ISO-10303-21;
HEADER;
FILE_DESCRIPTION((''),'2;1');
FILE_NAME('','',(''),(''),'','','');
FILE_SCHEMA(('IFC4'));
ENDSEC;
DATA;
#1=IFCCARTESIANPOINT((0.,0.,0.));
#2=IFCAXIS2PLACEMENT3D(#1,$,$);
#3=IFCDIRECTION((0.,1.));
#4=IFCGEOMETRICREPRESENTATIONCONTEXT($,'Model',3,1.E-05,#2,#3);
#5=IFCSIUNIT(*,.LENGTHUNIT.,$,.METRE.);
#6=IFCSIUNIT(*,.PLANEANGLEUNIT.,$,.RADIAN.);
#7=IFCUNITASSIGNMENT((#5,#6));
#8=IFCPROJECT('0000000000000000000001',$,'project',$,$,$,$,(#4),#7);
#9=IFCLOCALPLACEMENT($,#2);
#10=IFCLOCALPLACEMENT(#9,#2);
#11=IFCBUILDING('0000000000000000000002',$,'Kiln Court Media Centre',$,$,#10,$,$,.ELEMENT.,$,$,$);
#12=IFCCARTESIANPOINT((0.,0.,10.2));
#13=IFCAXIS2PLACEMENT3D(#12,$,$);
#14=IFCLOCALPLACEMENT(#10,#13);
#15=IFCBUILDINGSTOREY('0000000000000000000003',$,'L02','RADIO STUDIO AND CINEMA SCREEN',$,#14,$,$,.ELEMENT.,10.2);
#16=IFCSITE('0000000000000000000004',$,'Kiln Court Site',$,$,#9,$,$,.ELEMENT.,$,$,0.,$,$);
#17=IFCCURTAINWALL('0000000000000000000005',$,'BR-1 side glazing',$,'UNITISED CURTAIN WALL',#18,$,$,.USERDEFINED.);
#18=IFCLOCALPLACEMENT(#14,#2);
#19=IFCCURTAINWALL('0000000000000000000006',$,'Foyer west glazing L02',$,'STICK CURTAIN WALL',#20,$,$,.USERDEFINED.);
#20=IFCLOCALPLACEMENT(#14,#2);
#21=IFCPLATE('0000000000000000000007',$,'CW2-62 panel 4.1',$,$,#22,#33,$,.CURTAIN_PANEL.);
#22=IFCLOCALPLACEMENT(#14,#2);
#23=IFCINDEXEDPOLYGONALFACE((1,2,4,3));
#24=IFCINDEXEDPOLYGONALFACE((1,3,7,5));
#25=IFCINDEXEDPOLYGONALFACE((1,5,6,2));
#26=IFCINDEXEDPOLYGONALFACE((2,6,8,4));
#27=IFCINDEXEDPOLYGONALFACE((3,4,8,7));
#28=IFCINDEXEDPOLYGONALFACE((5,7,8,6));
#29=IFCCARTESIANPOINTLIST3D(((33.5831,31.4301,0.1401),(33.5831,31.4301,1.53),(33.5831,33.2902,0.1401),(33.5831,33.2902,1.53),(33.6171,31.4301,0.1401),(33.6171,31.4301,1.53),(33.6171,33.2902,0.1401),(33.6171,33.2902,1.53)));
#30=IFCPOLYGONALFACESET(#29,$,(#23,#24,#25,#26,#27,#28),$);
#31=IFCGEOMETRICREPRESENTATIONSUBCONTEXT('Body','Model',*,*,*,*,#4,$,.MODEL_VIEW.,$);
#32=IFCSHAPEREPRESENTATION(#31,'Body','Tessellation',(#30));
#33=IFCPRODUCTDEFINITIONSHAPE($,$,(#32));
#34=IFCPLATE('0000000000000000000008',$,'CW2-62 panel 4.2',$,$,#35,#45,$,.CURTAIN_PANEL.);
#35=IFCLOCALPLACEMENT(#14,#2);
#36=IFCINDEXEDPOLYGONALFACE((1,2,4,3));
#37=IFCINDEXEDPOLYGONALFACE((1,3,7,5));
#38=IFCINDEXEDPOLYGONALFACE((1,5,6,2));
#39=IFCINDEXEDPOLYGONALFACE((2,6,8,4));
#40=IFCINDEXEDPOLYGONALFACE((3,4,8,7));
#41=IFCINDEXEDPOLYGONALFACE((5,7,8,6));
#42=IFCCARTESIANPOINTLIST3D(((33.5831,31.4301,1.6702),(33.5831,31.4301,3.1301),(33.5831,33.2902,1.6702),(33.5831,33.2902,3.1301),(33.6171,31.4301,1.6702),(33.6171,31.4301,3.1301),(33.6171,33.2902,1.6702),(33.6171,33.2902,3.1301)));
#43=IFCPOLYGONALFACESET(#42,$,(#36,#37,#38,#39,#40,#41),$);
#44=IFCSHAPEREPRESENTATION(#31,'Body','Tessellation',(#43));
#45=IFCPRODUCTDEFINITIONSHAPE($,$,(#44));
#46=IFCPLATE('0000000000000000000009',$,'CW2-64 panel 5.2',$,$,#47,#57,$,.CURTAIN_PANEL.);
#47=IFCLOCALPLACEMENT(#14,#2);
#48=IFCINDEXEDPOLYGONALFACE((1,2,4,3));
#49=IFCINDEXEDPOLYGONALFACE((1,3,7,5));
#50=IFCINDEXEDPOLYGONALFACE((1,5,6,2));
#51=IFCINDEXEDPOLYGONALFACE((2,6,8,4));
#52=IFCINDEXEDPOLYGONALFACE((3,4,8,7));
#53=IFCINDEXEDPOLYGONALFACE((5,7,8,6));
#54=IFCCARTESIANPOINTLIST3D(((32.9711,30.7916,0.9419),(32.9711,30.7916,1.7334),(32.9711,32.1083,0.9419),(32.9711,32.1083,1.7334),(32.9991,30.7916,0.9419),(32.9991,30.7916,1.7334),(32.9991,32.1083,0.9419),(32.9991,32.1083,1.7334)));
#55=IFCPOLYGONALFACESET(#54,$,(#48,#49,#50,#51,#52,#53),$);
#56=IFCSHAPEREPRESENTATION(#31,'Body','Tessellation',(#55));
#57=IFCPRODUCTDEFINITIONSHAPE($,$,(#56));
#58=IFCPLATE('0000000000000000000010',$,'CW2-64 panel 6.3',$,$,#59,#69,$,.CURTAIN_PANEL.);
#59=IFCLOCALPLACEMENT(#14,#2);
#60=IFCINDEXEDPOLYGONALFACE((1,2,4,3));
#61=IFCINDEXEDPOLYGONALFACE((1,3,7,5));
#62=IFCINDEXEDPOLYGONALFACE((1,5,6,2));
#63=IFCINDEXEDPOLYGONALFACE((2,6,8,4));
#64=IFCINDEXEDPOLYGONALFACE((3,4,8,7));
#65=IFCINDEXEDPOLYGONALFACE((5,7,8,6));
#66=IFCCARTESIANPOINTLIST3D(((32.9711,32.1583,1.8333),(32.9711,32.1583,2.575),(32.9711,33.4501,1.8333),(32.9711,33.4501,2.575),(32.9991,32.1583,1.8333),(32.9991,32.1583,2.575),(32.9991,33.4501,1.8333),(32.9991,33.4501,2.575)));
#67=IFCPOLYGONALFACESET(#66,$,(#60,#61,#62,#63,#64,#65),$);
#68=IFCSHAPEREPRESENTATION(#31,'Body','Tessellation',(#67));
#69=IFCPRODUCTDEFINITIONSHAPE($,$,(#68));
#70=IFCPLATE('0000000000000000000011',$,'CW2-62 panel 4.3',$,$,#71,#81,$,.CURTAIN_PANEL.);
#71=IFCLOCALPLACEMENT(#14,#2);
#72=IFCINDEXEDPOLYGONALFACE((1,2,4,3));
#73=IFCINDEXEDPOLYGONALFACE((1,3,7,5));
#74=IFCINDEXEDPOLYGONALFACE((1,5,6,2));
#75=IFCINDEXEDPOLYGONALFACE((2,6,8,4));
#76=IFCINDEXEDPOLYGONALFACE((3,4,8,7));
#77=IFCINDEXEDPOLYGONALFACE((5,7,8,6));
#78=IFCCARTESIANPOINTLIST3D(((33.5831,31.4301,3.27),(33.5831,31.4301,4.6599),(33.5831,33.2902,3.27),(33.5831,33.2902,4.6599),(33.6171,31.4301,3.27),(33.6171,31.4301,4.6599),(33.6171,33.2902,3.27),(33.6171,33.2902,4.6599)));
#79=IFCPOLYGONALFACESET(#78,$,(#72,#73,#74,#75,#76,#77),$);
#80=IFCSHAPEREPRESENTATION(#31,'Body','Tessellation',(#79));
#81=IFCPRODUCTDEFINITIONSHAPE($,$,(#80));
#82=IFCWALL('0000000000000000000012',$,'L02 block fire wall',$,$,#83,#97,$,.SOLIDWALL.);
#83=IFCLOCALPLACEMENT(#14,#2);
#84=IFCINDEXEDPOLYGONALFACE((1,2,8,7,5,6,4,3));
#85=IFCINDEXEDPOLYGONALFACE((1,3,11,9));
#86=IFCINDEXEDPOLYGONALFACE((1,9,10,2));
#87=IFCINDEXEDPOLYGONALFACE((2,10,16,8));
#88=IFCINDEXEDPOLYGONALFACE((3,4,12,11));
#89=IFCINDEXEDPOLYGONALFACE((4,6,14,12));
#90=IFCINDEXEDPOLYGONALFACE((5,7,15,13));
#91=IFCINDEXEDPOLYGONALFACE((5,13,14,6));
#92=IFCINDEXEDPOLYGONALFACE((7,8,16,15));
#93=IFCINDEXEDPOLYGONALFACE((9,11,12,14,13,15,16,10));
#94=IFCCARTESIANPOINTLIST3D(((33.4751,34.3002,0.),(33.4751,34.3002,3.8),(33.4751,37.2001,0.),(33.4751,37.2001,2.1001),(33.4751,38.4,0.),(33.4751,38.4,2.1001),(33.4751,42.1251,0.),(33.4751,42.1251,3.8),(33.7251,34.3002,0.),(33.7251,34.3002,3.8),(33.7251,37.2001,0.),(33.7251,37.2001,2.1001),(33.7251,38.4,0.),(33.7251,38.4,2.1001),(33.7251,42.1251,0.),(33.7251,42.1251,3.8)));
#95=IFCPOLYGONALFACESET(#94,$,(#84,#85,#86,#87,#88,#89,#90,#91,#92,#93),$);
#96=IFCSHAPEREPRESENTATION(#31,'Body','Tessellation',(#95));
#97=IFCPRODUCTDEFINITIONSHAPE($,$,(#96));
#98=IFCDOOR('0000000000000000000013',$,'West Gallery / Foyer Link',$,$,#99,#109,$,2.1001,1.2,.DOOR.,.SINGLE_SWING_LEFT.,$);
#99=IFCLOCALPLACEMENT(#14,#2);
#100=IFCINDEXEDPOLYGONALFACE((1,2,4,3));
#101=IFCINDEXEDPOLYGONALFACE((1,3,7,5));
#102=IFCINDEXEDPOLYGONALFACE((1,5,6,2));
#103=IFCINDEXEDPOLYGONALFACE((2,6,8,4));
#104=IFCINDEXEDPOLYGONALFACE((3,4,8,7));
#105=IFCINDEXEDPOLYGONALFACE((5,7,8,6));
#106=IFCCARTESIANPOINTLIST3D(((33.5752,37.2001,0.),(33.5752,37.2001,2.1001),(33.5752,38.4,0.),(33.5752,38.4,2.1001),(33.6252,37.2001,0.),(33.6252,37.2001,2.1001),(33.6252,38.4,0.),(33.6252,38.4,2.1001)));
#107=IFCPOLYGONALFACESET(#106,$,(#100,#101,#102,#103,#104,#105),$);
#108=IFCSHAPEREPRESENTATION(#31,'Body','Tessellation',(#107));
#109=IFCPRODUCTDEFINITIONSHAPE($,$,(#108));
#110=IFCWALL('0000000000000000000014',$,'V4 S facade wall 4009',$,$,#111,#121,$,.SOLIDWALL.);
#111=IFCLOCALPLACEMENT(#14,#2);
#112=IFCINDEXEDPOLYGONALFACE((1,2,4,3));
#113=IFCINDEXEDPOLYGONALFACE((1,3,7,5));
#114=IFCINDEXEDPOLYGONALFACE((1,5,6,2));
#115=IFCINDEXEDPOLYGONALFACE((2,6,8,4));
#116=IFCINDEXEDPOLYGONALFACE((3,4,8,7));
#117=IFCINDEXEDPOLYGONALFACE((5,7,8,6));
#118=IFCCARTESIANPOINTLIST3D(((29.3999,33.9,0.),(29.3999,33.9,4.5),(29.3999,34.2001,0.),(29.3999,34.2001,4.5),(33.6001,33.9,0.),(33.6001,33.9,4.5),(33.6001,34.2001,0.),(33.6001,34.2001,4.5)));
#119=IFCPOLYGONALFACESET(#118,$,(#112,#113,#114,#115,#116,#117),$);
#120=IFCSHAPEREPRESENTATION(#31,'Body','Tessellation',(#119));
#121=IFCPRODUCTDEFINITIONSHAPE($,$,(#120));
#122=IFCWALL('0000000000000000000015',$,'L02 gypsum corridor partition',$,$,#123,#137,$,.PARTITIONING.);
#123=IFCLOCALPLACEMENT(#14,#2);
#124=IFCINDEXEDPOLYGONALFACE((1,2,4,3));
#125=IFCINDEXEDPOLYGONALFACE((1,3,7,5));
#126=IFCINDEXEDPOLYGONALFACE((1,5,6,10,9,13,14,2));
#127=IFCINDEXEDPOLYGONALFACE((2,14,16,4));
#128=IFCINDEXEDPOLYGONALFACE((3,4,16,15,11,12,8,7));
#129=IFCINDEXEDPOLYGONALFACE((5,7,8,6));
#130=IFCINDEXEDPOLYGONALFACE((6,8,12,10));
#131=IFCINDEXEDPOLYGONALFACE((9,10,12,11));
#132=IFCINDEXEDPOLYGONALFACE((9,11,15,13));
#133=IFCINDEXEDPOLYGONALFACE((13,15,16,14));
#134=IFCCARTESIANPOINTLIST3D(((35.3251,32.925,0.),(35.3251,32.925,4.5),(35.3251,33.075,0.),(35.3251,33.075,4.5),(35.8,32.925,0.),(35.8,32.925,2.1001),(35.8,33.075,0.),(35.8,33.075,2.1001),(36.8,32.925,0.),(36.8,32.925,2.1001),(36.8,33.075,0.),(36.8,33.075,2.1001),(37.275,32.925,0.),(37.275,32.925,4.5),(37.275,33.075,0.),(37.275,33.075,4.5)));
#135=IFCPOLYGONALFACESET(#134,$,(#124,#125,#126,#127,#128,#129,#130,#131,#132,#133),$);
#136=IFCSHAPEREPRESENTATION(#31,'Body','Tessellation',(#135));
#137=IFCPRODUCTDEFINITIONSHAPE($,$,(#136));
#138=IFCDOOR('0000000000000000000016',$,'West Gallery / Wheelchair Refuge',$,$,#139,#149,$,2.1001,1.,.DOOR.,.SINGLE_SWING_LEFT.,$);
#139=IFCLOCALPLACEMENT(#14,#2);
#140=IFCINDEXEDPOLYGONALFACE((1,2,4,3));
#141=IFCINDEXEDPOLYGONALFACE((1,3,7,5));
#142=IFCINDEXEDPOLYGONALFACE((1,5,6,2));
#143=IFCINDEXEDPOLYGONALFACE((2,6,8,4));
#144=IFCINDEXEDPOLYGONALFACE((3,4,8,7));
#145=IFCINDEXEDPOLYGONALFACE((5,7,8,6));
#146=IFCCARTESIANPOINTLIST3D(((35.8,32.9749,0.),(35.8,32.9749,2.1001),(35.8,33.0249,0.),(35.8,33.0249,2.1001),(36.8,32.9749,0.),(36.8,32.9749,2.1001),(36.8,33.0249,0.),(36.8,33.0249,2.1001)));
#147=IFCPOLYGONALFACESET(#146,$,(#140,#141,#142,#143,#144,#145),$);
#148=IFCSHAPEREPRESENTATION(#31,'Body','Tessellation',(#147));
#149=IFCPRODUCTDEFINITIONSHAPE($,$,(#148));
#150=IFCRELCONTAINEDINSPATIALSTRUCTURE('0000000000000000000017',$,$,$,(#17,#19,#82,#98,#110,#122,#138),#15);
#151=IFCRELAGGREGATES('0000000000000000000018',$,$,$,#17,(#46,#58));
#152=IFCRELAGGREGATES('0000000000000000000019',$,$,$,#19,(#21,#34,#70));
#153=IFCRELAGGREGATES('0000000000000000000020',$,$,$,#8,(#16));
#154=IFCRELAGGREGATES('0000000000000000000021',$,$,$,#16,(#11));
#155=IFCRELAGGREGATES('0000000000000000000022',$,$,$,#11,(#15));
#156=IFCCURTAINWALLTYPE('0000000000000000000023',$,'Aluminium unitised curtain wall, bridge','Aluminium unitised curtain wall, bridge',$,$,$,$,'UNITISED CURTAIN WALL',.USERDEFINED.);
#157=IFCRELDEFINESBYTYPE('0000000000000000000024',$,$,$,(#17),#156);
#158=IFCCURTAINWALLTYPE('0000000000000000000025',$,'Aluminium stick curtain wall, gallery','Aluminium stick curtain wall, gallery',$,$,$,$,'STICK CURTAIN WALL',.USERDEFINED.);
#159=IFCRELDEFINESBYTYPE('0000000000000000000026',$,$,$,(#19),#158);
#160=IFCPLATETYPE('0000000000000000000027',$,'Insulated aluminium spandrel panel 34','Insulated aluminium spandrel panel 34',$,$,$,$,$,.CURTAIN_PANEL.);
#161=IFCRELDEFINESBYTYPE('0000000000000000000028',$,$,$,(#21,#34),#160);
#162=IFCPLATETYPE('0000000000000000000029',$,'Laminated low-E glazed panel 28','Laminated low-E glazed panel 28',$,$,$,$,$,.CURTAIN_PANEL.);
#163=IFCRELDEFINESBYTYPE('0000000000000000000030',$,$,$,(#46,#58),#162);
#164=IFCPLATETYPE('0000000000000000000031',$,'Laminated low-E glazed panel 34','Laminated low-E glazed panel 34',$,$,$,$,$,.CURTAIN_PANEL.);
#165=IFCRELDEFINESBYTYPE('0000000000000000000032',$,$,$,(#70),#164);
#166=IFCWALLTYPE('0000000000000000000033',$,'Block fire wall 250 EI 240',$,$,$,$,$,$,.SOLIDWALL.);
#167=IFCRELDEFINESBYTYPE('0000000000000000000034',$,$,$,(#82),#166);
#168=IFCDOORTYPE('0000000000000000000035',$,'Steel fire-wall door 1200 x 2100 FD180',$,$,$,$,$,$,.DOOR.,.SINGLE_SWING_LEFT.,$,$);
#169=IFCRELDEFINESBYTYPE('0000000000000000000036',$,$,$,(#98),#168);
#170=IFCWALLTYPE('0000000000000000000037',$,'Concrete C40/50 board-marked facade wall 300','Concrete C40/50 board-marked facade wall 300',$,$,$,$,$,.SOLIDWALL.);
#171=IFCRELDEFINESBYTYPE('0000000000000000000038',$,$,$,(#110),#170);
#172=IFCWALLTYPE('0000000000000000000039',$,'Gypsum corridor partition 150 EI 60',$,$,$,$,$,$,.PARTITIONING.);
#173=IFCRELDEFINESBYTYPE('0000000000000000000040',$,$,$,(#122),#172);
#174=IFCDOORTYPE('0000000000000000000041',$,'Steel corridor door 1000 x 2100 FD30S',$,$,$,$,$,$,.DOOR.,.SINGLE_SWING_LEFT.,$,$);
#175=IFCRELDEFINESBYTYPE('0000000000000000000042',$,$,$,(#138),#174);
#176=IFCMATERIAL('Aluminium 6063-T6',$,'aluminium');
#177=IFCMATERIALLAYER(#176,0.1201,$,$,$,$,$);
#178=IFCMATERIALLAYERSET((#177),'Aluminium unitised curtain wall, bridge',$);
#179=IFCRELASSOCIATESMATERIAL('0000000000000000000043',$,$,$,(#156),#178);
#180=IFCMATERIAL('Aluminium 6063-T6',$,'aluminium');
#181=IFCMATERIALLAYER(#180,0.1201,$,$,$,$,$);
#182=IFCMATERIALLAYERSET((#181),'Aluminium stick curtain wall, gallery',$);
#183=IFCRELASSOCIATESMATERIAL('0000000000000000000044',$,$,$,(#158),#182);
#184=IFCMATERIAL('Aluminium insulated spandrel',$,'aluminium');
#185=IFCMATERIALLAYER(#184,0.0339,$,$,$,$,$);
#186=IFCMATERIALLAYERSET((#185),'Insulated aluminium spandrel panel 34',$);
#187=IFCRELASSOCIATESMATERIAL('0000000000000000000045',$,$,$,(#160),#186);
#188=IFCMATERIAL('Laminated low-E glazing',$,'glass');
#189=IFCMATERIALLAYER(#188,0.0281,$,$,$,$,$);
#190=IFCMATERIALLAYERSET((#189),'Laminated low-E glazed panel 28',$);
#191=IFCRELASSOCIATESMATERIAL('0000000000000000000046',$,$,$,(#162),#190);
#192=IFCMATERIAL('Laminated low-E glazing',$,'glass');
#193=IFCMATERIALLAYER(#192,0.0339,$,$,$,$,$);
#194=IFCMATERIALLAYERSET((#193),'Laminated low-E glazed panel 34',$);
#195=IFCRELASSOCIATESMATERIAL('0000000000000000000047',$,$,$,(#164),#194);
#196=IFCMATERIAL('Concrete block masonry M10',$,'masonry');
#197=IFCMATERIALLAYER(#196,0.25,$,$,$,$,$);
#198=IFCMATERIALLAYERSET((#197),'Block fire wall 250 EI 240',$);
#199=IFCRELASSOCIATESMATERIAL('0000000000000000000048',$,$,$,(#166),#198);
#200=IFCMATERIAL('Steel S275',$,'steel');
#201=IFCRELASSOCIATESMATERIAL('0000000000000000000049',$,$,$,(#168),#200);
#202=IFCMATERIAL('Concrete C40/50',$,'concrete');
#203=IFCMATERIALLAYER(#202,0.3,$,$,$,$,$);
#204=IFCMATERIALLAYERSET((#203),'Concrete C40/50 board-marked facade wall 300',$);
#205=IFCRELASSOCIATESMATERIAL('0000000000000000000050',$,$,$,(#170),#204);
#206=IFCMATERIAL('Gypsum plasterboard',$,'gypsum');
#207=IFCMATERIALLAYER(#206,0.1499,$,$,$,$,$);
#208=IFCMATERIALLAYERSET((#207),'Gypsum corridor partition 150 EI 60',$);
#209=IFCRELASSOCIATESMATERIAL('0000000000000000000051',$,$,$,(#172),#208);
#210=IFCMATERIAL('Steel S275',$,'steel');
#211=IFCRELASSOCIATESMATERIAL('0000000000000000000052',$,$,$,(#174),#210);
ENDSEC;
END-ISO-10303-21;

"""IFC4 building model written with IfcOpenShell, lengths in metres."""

from ifc_helpers import new_model, si_unit, direction, frame, frame_2d, origin, origin_2d, place, context, subcontext, project, spatial, rectangle, extrude, material, layer, layer_set, type_object, element, fill, aggregate, save


model = new_model("IFC4")

# Units and contexts
model_context = context("Model", 3, precision=1e-05, world=origin(), true_north=direction((0.0, 1.0)))
body_context = subcontext(model_context, "Body", "Model", "MODEL_VIEW")
ifc_project = project(units=[si_unit("LENGTHUNIT", "METRE"), si_unit("PLANEANGLEUNIT", "RADIAN")], contexts=[model_context])

# Site, building, storey
site_placement = place(None, origin())
site = spatial("IfcSite", under=ifc_project, at=site_placement, Name="Kiln Court Site", CompositionType="ELEMENT", RefElevation=0.0)
building_placement = place(site_placement, origin())
building = spatial("IfcBuilding", under=site, at=building_placement, Name="Kiln Court Media Centre", CompositionType="ELEMENT")
storey_placement = place(building_placement, frame((0.0, 0.0, 10.2)))
storey = spatial("IfcBuildingStorey", under=building, at=storey_placement, Name="L02", Description="RADIO STUDIO AND CINEMA SCREEN", CompositionType="ELEMENT", Elevation=10.2)

# Curtain wall
ifc_material_1 = material(Name="Aluminium 6063-T6", Category="aluminium")
ifc_layer_1 = layer(ifc_material_1, 0.1201)
ifc_layer_set_1 = layer_set([ifc_layer_1], Name="Aluminium unitised curtain wall, bridge")
curtain_wall_type_1 = type_object("IfcCurtainWallType", Name="Aluminium unitised curtain wall, bridge", Description="Aluminium unitised curtain wall, bridge", ElementType="UNITISED CURTAIN WALL", PredefinedType="USERDEFINED", material=ifc_layer_set_1)
curtain_wall_1_placement = place(storey_placement, origin())
curtain_wall_1 = element("IfcCurtainWall", 1, at=curtain_wall_1_placement, inside=storey, type_object=curtain_wall_type_1, Name="BR-1 side glazing", ObjectType="UNITISED CURTAIN WALL", PredefinedType="USERDEFINED")

# Curtain wall
ifc_material_2 = material(Name="Aluminium 6063-T6", Category="aluminium")
ifc_layer_2 = layer(ifc_material_2, 0.1201)
ifc_layer_set_2 = layer_set([ifc_layer_2], Name="Aluminium stick curtain wall, gallery")
curtain_wall_type_2 = type_object("IfcCurtainWallType", Name="Aluminium stick curtain wall, gallery", Description="Aluminium stick curtain wall, gallery", ElementType="STICK CURTAIN WALL", PredefinedType="USERDEFINED", material=ifc_layer_set_2)
curtain_wall_2_placement = place(storey_placement, origin())
curtain_wall_2 = element("IfcCurtainWall", 2, at=curtain_wall_2_placement, inside=storey, type_object=curtain_wall_type_2, Name="Foyer west glazing L02", ObjectType="STICK CURTAIN WALL", PredefinedType="USERDEFINED")

# Plates
ifc_material_3 = material(Name="Aluminium insulated spandrel", Category="aluminium")
ifc_layer_3 = layer(ifc_material_3, 0.0339)
ifc_layer_set_3 = layer_set([ifc_layer_3], Name="Insulated aluminium spandrel panel 34")
plate_type_1 = type_object("IfcPlateType", Name="Insulated aluminium spandrel panel 34", Description="Insulated aluminium spandrel panel 34", PredefinedType="CURTAIN_PANEL", material=ifc_layer_set_3)
plate_1_placement = place(storey_placement, frame((33.6001, 32.3601, 0.1401), z_axis=(0.0, 0.0, 1.0), x_axis=(0.0, 1.0, 0.0)))
plate_1 = element("IfcPlate", 3, at=plate_1_placement, type_object=plate_type_1, Name="CW2-62 panel 4.1", PredefinedType="CURTAIN_PANEL", context=body_context, shape_type="SweptSolid", body=[
    extrude(rectangle(XDim=1.8601, YDim=0.0339, at=origin_2d()), origin(), (0.0, 0.0, 1.0), 1.3899),
])
plate_2_placement = place(storey_placement, frame((33.6001, 32.3601, 1.6702), z_axis=(0.0, 0.0, 1.0), x_axis=(0.0, 1.0, 0.0)))
plate_2 = element("IfcPlate", 4, at=plate_2_placement, type_object=plate_type_1, Name="CW2-62 panel 4.2", PredefinedType="CURTAIN_PANEL", context=body_context, shape_type="SweptSolid", body=[
    extrude(rectangle(XDim=1.8601, YDim=0.0339, at=origin_2d()), origin(), (0.0, 0.0, 1.0), 1.46),
])
ifc_material_4 = material(Name="Laminated low-E glazing", Category="glass")
ifc_layer_4 = layer(ifc_material_4, 0.0281)
ifc_layer_set_4 = layer_set([ifc_layer_4], Name="Laminated low-E glazed panel 28")
plate_type_2 = type_object("IfcPlateType", Name="Laminated low-E glazed panel 28", Description="Laminated low-E glazed panel 28", PredefinedType="CURTAIN_PANEL", material=ifc_layer_set_4)
plate_3_placement = place(storey_placement, frame((32.9851, 31.45, 0.9419), z_axis=(0.0, 0.0, 1.0), x_axis=(0.0, 1.0, 0.0)))
plate_3 = element("IfcPlate", 5, at=plate_3_placement, type_object=plate_type_2, Name="CW2-64 panel 5.2", PredefinedType="CURTAIN_PANEL", context=body_context, shape_type="SweptSolid", body=[
    extrude(rectangle(XDim=1.3167, YDim=0.0281, at=origin_2d()), origin(), (0.0, 0.0, 1.0), 0.7915),
])
plate_4_placement = place(storey_placement, frame((32.9851, 32.8042, 1.8333), z_axis=(0.0, 0.0, 1.0), x_axis=(0.0, 1.0, 0.0)))
plate_4 = element("IfcPlate", 6, at=plate_4_placement, type_object=plate_type_2, Name="CW2-64 panel 6.3", PredefinedType="CURTAIN_PANEL", context=body_context, shape_type="SweptSolid", body=[
    extrude(rectangle(XDim=1.2917, YDim=0.0281, at=origin_2d()), origin(), (0.0, 0.0, 1.0), 0.7417),
])
aggregate(curtain_wall_1, [plate_3, plate_4])
ifc_material_5 = material(Name="Laminated low-E glazing", Category="glass")
ifc_layer_5 = layer(ifc_material_5, 0.0339)
ifc_layer_set_5 = layer_set([ifc_layer_5], Name="Laminated low-E glazed panel 34")
plate_type_3 = type_object("IfcPlateType", Name="Laminated low-E glazed panel 34", Description="Laminated low-E glazed panel 34", PredefinedType="CURTAIN_PANEL", material=ifc_layer_set_5)
plate_5_placement = place(storey_placement, frame((33.6001, 32.3601, 3.27), z_axis=(0.0, 0.0, 1.0), x_axis=(0.0, 1.0, 0.0)))
plate_5 = element("IfcPlate", 7, at=plate_5_placement, type_object=plate_type_3, Name="CW2-62 panel 4.3", PredefinedType="CURTAIN_PANEL", context=body_context, shape_type="SweptSolid", body=[
    extrude(rectangle(XDim=1.8601, YDim=0.0339, at=origin_2d()), origin(), (0.0, 0.0, 1.0), 1.3899),
])
aggregate(curtain_wall_2, [plate_1, plate_2, plate_5])

# Wall, opening, door
ifc_material_6 = material(Name="Concrete block masonry M10", Category="masonry")
ifc_layer_6 = layer(ifc_material_6, 0.25)
ifc_layer_set_6 = layer_set([ifc_layer_6], Name="Block fire wall 250 EI 240")
wall_type_1 = type_object("IfcWallType", Name="Block fire wall 250 EI 240", PredefinedType="SOLIDWALL", material=ifc_layer_set_6)
wall_1_placement = place(storey_placement, frame((33.6001, 34.3, 0.0), z_axis=(0.0, 0.0, 1.0), x_axis=(0.0, 1.0, 0.0)))
wall_1 = element("IfcWall", 8, at=wall_1_placement, inside=storey, type_object=wall_type_1, Name="L02 block fire wall", PredefinedType="SOLIDWALL", context=body_context, shape_type="SweptSolid", body=[
    extrude(rectangle(XDim=7.825, YDim=0.25, at=frame_2d((3.9126, 0.0))), origin(), (0.0, 0.0, 1.0), 3.8),
])
opening_1_placement = place(wall_1_placement, frame((2.8999, 0.0, 0.0)))
opening_1 = element("IfcOpeningElement", 9, at=opening_1_placement, cuts=wall_1, PredefinedType="OPENING", context=body_context, shape_type="SweptSolid", body=[
    extrude(rectangle(XDim=1.2, YDim=2.1001, at=frame_2d((0.6001, 1.05))), frame((0.0, 0.135, 0.0), z_axis=(0.0, -1.0, 0.0), x_axis=(1.0, 0.0, 0.0)), (0.0, 0.0, 1.0), 0.27),
])
ifc_material_7 = material(Name="Steel S275", Category="steel")
door_type_1 = type_object("IfcDoorType", Name="Steel fire-wall door 1200 x 2100 FD180", OperationType="SINGLE_SWING_LEFT", PredefinedType="DOOR", material=ifc_material_7)
door_1_placement = place(opening_1_placement, origin())
door_1 = element("IfcDoor", 10, at=door_1_placement, inside=storey, type_object=door_type_1, Name="West Gallery / Foyer Link", OperationType="SINGLE_SWING_LEFT", OverallHeight=2.1001, OverallWidth=1.2, PredefinedType="DOOR", context=body_context, shape_type="SweptSolid", body=[
    extrude(rectangle(XDim=1.2, YDim=2.1001, at=frame_2d((0.6001, 1.05))), frame((0.0, 0.0249, 0.0), z_axis=(0.0, -1.0, 0.0), x_axis=(1.0, 0.0, 0.0)), (0.0, 0.0, 1.0), 0.05),
])
fill(opening_1, door_1)

# Wall
ifc_material_8 = material(Name="Concrete C40/50", Category="concrete")
ifc_layer_7 = layer(ifc_material_8, 0.3)
ifc_layer_set_7 = layer_set([ifc_layer_7], Name="Concrete C40/50 board-marked facade wall 300")
wall_type_2 = type_object("IfcWallType", Name="Concrete C40/50 board-marked facade wall 300", Description="Concrete C40/50 board-marked facade wall 300", PredefinedType="SOLIDWALL", material=ifc_layer_set_7)
wall_2_placement = place(storey_placement, frame((33.6001, 34.05, 0.0), z_axis=(0.0, 0.0, 1.0), x_axis=(-1.0, 0.0, 0.0)))
element("IfcWall", 11, at=wall_2_placement, inside=storey, type_object=wall_type_2, Name="V4 S facade wall 4009", PredefinedType="SOLIDWALL", context=body_context, shape_type="SweptSolid", body=[
    extrude(rectangle(XDim=4.2002, YDim=0.3, at=frame_2d((2.1001, 0.0))), origin(), (0.0, 0.0, 1.0), 4.5),
])

# Wall, opening, door
ifc_material_9 = material(Name="Gypsum plasterboard", Category="gypsum")
ifc_layer_8 = layer(ifc_material_9, 0.1499)
ifc_layer_set_8 = layer_set([ifc_layer_8], Name="Gypsum corridor partition 150 EI 60")
wall_type_3 = type_object("IfcWallType", Name="Gypsum corridor partition 150 EI 60", PredefinedType="PARTITIONING", material=ifc_layer_set_8)
wall_3_placement = place(storey_placement, frame((35.325, 33.0, 0.0), z_axis=(0.0, 0.0, 1.0), x_axis=(1.0, 0.0, 0.0)))
wall_3 = element("IfcWall", 12, at=wall_3_placement, inside=storey, type_object=wall_type_3, Name="L02 gypsum corridor partition", PredefinedType="PARTITIONING", context=body_context, shape_type="SweptSolid", body=[
    extrude(rectangle(XDim=1.95, YDim=0.1499, at=frame_2d((0.9751, 0.0))), origin(), (0.0, 0.0, 1.0), 4.5),
])
opening_2_placement = place(wall_3_placement, frame((0.4751, 0.0, 0.0)))
opening_2 = element("IfcOpeningElement", 13, at=opening_2_placement, cuts=wall_3, PredefinedType="OPENING", context=body_context, shape_type="SweptSolid", body=[
    extrude(rectangle(XDim=1.0, YDim=2.1001, at=frame_2d((0.5, 1.05))), frame((0.0, 0.085, 0.0), z_axis=(0.0, -1.0, 0.0), x_axis=(1.0, 0.0, 0.0)), (0.0, 0.0, 1.0), 0.1699),
])
ifc_material_10 = material(Name="Steel S275", Category="steel")
door_type_2 = type_object("IfcDoorType", Name="Steel corridor door 1000 x 2100 FD30S", OperationType="SINGLE_SWING_LEFT", PredefinedType="DOOR", material=ifc_material_10)
door_2_placement = place(opening_2_placement, origin())
door_2 = element("IfcDoor", 14, at=door_2_placement, inside=storey, type_object=door_type_2, Name="West Gallery / Wheelchair Refuge", OperationType="SINGLE_SWING_LEFT", OverallHeight=2.1001, OverallWidth=1.0, PredefinedType="DOOR", context=body_context, shape_type="SweptSolid", body=[
    extrude(rectangle(XDim=1.0, YDim=2.1001, at=frame_2d((0.5, 1.05))), frame((0.0, 0.0249, 0.0), z_axis=(0.0, -1.0, 0.0), x_axis=(1.0, 0.0, 0.0)), (0.0, 0.0, 1.0), 0.05),
])
fill(opening_2, door_2)

save(model, "model.ifc")
